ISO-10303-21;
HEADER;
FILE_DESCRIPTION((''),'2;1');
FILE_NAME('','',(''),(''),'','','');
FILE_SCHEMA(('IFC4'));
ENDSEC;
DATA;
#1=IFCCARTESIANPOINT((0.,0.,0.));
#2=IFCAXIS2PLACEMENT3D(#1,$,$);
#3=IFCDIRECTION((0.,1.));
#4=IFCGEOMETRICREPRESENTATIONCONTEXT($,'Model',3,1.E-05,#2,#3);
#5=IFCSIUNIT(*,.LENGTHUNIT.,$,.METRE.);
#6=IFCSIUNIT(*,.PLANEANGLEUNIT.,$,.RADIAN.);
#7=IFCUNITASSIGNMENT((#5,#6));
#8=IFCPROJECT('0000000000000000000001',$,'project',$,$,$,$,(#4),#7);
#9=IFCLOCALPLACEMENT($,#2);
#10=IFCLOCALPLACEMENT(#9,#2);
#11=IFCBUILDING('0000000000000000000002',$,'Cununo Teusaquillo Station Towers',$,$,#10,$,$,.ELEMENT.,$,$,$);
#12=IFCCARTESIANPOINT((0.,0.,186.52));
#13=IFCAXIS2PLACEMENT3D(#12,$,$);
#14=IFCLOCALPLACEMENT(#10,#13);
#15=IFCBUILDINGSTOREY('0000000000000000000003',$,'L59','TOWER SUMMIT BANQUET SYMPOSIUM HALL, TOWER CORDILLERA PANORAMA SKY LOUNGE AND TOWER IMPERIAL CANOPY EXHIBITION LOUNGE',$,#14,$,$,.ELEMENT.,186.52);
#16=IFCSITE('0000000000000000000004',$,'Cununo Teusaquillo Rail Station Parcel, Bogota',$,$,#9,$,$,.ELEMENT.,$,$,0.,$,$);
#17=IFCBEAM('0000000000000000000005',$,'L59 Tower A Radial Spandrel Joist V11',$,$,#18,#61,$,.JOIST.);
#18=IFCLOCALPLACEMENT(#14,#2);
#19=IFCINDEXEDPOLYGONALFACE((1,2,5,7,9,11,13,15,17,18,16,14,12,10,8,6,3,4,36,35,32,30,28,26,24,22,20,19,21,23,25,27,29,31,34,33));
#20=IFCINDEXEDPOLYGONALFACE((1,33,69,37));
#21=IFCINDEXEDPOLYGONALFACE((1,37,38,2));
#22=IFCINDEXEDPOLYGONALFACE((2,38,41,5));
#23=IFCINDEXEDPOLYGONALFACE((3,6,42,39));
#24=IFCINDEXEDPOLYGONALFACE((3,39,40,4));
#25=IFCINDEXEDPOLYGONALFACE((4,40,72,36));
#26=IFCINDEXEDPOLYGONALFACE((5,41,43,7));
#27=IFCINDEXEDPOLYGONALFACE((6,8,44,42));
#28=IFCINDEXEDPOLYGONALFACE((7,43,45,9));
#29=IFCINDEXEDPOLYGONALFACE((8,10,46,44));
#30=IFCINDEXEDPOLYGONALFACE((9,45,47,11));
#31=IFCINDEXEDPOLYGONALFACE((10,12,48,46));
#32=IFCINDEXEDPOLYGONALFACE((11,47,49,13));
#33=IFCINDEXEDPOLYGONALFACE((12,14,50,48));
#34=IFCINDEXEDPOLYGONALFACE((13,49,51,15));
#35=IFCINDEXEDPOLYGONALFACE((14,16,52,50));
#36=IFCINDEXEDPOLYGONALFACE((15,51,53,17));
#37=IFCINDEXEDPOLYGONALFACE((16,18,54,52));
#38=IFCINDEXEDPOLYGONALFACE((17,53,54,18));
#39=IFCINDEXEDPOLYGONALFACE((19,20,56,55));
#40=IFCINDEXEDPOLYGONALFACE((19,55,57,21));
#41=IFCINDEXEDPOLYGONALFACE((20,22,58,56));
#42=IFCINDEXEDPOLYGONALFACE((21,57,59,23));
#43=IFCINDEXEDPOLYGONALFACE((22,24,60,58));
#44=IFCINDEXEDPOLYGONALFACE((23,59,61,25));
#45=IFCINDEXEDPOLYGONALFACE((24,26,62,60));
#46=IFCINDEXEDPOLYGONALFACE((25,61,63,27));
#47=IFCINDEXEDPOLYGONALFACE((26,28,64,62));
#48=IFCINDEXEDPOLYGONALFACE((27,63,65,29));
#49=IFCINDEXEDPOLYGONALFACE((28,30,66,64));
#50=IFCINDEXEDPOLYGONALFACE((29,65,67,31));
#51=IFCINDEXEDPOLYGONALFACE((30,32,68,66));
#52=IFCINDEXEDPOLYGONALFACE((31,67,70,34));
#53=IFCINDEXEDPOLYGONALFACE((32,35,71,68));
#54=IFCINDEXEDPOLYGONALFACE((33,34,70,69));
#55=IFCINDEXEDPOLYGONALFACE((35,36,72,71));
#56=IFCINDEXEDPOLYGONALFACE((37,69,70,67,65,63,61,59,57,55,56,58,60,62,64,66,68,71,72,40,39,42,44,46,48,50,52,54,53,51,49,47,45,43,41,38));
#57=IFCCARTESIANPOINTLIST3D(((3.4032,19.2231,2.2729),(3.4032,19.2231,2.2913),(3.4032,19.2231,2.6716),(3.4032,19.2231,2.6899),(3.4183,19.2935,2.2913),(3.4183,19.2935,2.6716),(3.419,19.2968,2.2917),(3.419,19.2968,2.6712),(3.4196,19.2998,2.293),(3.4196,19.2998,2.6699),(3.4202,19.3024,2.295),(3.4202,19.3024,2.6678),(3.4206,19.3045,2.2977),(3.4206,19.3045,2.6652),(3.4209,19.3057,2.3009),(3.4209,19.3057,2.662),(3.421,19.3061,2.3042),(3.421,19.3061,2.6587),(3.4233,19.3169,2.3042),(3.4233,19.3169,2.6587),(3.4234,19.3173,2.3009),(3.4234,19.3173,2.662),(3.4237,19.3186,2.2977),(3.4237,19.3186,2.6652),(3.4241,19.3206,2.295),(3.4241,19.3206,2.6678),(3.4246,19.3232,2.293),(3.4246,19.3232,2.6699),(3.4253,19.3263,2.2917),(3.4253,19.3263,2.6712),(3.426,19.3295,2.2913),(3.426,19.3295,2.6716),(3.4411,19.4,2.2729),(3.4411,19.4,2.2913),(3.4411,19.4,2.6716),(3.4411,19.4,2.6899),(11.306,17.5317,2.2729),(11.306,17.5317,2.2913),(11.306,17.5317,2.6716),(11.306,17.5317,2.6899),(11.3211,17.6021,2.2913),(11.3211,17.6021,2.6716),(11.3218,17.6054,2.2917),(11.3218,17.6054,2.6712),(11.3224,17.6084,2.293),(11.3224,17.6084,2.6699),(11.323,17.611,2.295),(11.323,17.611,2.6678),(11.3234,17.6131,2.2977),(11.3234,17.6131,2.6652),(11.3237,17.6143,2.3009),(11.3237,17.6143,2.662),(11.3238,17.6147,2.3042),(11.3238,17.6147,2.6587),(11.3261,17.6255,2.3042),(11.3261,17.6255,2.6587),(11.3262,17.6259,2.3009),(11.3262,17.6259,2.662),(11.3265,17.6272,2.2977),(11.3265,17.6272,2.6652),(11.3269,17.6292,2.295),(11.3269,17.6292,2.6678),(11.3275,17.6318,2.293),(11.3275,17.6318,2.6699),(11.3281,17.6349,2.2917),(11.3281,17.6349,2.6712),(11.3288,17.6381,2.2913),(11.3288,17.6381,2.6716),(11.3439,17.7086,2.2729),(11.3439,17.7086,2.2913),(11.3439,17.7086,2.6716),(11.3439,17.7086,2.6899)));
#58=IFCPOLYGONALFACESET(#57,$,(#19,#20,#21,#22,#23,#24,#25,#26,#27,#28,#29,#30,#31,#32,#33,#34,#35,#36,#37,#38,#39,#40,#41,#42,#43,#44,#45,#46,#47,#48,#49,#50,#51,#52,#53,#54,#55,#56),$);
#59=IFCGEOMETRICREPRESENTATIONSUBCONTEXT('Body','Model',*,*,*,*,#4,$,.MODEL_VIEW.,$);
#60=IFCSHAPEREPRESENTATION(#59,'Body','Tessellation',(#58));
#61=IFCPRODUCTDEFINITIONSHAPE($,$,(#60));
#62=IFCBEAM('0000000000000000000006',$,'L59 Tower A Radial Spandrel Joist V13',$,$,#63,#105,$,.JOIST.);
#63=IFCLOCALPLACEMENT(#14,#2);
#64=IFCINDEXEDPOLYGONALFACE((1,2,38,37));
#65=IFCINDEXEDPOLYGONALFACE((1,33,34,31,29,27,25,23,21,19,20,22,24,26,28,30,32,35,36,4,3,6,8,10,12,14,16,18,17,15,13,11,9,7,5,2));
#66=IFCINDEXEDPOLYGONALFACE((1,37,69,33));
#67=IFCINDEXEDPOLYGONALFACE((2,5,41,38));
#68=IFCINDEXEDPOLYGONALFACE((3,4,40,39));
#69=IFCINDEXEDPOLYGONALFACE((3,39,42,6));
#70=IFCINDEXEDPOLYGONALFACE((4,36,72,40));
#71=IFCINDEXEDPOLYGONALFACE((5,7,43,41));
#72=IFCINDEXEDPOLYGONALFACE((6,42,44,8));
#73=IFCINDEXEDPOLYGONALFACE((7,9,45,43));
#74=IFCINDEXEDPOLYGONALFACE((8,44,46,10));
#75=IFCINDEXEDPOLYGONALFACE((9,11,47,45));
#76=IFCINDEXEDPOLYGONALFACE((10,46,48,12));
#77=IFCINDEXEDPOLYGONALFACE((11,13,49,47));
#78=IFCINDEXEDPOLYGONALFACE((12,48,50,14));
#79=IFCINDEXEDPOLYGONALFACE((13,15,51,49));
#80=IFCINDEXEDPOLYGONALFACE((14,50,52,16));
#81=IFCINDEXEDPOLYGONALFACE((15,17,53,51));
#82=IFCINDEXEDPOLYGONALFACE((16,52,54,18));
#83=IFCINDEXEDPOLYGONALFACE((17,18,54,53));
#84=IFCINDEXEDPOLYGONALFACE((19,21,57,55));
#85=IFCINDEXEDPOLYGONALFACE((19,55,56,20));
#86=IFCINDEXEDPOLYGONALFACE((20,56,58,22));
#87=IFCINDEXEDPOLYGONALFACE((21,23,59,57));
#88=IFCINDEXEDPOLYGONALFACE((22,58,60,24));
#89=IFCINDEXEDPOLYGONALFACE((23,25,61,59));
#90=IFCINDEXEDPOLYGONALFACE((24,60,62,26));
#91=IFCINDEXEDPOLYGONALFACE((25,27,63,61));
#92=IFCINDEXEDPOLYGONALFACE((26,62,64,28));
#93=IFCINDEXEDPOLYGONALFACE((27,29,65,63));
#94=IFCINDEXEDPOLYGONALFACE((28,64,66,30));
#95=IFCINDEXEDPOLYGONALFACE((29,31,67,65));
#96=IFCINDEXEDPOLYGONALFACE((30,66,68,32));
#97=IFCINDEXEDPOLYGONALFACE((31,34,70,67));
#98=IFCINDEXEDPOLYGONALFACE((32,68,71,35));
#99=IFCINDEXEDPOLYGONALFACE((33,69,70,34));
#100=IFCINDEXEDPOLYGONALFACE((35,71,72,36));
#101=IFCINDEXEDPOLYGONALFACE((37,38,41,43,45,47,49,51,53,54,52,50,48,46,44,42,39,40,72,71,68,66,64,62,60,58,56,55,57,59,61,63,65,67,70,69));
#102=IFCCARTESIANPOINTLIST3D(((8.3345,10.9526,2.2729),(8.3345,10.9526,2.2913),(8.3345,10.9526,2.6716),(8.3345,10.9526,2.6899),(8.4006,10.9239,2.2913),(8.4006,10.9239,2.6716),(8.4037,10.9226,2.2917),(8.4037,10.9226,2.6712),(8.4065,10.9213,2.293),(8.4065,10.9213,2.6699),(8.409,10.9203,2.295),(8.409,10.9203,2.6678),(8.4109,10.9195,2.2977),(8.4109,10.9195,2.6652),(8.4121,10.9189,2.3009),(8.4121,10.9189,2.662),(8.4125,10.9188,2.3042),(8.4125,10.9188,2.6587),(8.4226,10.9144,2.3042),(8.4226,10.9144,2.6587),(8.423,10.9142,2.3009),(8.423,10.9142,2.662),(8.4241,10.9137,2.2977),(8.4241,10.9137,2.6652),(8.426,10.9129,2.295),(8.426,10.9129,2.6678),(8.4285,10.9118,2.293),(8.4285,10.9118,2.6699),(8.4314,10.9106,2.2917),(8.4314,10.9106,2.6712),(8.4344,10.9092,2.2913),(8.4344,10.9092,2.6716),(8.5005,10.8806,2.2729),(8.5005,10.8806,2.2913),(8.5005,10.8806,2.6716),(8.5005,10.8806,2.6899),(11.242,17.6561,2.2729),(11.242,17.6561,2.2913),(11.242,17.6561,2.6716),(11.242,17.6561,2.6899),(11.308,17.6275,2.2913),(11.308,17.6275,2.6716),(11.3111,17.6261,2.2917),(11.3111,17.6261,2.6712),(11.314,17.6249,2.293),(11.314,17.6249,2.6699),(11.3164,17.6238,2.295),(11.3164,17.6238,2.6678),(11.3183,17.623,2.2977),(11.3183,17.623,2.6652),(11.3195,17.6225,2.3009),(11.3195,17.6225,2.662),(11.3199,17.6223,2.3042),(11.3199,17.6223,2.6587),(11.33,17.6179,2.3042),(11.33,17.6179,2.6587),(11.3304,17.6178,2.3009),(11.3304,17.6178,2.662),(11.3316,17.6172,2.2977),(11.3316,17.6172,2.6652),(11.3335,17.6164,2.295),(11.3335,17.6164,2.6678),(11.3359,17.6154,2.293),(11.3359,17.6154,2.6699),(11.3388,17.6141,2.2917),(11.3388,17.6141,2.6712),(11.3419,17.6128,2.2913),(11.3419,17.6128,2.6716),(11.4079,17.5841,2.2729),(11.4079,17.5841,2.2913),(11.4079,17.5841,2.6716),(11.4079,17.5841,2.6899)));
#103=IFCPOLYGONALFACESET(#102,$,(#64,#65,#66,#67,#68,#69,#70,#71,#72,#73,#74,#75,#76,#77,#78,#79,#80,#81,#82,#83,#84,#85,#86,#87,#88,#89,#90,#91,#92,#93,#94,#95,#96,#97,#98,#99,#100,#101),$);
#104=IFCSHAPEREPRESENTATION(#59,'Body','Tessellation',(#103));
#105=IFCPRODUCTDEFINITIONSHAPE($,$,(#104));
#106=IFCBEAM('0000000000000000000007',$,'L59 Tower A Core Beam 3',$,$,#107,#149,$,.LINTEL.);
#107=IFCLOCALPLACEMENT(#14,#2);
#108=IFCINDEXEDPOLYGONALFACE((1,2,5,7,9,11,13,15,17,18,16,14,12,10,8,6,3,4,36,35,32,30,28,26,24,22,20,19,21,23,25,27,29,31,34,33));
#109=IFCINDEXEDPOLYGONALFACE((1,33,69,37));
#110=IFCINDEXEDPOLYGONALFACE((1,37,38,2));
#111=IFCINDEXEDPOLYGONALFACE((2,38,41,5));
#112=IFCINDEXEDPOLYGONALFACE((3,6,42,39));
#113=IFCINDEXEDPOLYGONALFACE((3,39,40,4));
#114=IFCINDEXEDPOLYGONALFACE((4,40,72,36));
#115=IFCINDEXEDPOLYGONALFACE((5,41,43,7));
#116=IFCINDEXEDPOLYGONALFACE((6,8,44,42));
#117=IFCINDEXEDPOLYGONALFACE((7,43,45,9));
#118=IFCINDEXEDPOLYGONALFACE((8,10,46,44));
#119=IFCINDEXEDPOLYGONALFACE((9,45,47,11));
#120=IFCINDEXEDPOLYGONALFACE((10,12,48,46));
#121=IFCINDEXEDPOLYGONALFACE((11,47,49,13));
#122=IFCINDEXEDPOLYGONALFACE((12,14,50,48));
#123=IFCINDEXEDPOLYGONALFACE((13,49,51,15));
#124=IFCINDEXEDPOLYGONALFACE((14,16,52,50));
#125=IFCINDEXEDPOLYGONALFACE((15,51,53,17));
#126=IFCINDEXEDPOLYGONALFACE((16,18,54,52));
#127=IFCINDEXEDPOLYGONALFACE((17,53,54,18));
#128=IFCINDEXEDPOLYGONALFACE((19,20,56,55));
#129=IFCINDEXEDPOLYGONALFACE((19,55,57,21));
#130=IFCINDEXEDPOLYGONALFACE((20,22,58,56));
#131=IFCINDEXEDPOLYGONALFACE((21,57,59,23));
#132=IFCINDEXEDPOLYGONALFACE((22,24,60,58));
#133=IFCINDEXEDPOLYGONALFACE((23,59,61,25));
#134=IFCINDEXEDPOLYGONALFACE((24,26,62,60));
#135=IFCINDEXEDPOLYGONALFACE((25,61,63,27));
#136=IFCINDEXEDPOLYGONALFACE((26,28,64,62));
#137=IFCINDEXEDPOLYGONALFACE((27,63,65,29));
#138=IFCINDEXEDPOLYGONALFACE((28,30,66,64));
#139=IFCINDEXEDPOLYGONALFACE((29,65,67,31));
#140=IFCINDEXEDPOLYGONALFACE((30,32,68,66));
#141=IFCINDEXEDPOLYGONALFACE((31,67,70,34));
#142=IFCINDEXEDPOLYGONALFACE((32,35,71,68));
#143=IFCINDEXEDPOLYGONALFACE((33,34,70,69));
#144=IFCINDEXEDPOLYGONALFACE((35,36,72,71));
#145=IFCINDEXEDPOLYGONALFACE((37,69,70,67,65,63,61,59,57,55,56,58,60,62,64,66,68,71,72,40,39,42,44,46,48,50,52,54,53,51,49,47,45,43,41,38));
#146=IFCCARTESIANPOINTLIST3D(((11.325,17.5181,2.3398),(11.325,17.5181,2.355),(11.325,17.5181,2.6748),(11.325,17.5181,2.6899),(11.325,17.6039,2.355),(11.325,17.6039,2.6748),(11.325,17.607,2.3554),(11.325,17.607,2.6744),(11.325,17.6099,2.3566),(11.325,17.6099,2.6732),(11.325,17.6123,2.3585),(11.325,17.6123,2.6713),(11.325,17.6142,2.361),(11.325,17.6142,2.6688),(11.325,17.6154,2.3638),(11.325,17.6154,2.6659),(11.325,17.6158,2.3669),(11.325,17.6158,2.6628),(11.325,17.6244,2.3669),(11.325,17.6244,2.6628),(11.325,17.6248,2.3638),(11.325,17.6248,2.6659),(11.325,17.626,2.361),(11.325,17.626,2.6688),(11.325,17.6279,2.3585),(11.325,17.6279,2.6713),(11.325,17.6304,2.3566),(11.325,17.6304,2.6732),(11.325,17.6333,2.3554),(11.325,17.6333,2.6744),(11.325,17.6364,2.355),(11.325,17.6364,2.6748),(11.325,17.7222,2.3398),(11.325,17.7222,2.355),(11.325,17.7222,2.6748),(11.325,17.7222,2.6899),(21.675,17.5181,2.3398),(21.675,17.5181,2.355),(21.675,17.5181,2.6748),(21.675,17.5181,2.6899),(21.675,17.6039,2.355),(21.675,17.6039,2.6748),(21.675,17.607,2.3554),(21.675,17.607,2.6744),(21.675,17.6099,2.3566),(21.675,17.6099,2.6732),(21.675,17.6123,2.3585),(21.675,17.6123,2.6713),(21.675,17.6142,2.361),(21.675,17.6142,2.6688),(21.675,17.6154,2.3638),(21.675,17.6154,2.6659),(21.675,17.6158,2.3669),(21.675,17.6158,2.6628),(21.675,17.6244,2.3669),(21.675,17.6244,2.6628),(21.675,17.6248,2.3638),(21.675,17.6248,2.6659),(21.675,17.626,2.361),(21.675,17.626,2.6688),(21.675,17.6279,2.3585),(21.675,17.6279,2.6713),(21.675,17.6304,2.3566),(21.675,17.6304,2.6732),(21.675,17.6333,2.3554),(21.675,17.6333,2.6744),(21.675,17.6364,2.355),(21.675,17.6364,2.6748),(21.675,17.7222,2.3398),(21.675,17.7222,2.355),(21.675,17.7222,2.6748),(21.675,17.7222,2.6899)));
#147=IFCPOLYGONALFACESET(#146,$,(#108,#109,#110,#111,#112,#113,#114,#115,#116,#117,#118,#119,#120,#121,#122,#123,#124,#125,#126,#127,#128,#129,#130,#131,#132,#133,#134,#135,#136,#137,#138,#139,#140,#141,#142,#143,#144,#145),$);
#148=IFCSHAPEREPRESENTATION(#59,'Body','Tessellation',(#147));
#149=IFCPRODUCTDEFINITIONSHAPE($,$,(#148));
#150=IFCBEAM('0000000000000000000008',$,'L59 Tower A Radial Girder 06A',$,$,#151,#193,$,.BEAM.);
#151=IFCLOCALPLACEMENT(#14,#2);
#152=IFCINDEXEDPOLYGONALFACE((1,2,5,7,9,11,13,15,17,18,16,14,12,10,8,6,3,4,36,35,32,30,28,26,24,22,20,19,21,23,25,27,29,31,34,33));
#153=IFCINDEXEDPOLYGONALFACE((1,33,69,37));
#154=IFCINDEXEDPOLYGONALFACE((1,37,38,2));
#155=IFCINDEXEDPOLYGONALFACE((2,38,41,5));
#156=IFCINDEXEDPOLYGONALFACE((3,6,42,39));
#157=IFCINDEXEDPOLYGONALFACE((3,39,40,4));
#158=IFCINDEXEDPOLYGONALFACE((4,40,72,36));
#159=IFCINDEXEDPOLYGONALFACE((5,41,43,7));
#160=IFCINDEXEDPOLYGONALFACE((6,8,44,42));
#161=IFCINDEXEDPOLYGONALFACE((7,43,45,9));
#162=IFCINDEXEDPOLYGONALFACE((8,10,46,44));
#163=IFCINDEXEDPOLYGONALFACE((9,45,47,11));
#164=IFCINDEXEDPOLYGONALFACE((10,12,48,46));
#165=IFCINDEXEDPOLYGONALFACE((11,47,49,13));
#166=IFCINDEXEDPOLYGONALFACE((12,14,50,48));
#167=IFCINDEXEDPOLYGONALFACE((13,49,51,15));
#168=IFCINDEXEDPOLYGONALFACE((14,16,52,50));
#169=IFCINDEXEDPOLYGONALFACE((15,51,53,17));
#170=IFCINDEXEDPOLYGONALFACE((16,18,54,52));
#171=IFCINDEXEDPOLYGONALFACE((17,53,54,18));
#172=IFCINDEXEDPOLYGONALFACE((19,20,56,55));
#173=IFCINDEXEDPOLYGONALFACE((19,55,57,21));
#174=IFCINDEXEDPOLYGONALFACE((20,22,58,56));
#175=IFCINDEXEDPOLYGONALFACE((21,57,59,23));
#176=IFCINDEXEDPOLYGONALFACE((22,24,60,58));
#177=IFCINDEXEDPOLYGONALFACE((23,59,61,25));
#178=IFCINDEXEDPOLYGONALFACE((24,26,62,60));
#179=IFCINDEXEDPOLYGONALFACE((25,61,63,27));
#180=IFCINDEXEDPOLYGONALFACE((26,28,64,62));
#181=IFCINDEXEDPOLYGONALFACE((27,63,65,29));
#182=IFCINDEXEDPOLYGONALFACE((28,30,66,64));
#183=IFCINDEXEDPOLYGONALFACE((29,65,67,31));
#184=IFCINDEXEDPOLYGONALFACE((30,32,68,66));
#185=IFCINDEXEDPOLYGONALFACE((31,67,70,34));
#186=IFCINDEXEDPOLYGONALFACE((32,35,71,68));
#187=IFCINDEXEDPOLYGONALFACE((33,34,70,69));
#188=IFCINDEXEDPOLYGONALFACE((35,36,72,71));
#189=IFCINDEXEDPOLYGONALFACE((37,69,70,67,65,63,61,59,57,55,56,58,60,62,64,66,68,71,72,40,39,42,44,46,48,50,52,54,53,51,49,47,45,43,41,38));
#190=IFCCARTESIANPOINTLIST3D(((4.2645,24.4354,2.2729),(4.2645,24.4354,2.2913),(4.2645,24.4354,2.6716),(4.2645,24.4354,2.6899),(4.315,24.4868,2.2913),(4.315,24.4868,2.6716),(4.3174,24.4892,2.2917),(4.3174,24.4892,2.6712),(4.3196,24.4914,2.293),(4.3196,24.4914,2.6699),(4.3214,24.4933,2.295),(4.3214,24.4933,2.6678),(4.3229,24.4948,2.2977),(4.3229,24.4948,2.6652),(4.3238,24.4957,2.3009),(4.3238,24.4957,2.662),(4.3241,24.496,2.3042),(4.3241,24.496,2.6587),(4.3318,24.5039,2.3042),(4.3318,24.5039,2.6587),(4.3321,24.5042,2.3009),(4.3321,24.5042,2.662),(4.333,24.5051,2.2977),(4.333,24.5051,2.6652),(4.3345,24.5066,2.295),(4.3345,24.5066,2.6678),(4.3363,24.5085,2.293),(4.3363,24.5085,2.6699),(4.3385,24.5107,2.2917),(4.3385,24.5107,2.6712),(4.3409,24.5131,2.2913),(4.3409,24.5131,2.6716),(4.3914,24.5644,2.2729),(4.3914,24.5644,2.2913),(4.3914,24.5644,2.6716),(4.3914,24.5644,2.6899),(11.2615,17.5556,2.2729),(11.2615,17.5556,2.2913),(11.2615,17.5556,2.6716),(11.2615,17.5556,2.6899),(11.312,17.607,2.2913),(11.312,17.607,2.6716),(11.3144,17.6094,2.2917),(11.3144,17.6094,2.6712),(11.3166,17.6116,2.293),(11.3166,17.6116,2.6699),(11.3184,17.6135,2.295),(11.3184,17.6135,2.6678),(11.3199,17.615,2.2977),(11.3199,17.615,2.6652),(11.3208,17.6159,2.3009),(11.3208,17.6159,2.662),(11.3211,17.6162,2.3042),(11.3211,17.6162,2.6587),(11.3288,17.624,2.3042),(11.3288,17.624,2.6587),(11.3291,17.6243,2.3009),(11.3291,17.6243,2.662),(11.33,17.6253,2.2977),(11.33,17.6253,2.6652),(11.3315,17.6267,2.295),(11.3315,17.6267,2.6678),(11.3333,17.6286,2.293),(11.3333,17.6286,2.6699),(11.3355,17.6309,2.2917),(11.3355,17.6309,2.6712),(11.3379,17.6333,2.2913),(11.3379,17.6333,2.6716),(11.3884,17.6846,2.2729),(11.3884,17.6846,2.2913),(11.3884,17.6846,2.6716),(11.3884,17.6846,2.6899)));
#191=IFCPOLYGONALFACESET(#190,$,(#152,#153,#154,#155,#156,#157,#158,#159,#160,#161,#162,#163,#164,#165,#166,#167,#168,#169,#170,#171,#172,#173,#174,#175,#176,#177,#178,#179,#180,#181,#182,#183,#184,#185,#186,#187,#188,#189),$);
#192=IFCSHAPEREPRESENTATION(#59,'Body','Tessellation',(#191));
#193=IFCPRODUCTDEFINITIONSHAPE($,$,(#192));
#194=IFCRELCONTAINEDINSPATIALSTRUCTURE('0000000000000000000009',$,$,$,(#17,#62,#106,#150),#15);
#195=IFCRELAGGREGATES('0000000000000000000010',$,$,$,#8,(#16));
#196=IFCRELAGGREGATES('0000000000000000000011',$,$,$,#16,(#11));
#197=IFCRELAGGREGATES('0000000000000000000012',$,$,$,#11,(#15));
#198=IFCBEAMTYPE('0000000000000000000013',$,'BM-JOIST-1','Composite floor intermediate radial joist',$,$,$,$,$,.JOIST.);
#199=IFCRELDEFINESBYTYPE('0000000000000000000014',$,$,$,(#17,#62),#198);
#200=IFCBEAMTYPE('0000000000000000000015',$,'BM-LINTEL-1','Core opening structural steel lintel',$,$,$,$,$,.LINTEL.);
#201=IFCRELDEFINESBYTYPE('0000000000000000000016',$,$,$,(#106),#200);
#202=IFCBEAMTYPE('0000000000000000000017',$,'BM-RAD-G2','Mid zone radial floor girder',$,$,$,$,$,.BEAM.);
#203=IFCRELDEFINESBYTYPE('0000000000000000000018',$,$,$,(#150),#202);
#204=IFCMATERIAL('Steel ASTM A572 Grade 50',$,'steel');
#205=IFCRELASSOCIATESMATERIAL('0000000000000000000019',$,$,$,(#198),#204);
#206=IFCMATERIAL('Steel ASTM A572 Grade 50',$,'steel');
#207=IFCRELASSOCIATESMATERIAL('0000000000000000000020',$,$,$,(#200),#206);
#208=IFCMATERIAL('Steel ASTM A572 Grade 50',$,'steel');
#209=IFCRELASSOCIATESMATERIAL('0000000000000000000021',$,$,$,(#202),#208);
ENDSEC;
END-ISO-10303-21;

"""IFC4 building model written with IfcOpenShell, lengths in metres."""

from ifc_helpers import new_model, si_unit, direction, frame, origin, origin_2d, place, context, subcontext, project, spatial, i_section, extrude, material, material_profile, profile_set, type_object, element, save


model = new_model("IFC4")

# Units and contexts
model_context = context("Model", 3, precision=1e-05, world=origin(), true_north=direction((0.0, 1.0)))
body_context = subcontext(model_context, "Body", "Model", "MODEL_VIEW")
ifc_project = project(units=[si_unit("LENGTHUNIT", "METRE"), si_unit("PLANEANGLEUNIT", "RADIAN")], contexts=[model_context])

# Site, building, storey
site_placement = place(None, origin())
site = spatial("IfcSite", under=ifc_project, at=site_placement, Name="Cununo Teusaquillo Rail Station Parcel, Bogota", CompositionType="ELEMENT", RefElevation=0.0)
building_placement = place(site_placement, origin())
building = spatial("IfcBuilding", under=site, at=building_placement, Name="Cununo Teusaquillo Station Towers", CompositionType="ELEMENT")
storey_placement = place(building_placement, frame((0.0, 0.0, 186.52)))
storey = spatial("IfcBuildingStorey", under=building, at=storey_placement, Name="L59", Description="TOWER SUMMIT BANQUET SYMPOSIUM HALL, TOWER CORDILLERA PANORAMA SKY LOUNGE AND TOWER IMPERIAL CANOPY EXHIBITION LOUNGE", CompositionType="ELEMENT", Elevation=186.52)

# Beams
ifc_material_1 = material(Name="Steel ASTM A572 Grade 50", Category="steel")
ifc_material_profile_1 = material_profile(ifc_material_1, i_section(OverallWidth=0.1809, OverallDepth=0.417, WebThickness=0.011, FlangeThickness=0.0183, FilletRadius=0.0129, at=origin_2d()), Name="W16X57")
ifc_profile_set_1 = profile_set([ifc_material_profile_1], Name="Steel ASTM A572 Grade 50")
beam_type_1 = type_object("IfcBeamType", Name="BM-JOIST-1", Description="Composite floor intermediate radial joist", PredefinedType="JOIST", material=ifc_profile_set_1)
beam_1_placement = place(storey_placement, frame((11.325, 17.6201, 2.4814), z_axis=(-0.977855, 0.209286, 0.0), x_axis=(-0.209286, -0.977855, 0.0)))
element("IfcBeam", 1, at=beam_1_placement, inside=storey, type_object=beam_type_1, Name="L59 Tower A Radial Spandrel Joist V11", PredefinedType="JOIST", context=body_context, shape_type="SweptSolid", body=[
    extrude(i_section(OverallWidth=0.1809, OverallDepth=0.417, WebThickness=0.011, FlangeThickness=0.0183, FilletRadius=0.0129, at=origin_2d()), origin(), (0.0, 0.0, 1.0), 8.0818),
])
beam_2_placement = place(storey_placement, frame((11.325, 17.6201, 2.4814), z_axis=(-0.397904, -0.917427, 0.0), x_axis=(0.917427, -0.397904, 0.0)))
element("IfcBeam", 2, at=beam_2_placement, inside=storey, type_object=beam_type_1, Name="L59 Tower A Radial Spandrel Joist V13", PredefinedType="JOIST", context=body_context, shape_type="SweptSolid", body=[
    extrude(i_section(OverallWidth=0.1809, OverallDepth=0.417, WebThickness=0.011, FlangeThickness=0.0183, FilletRadius=0.0129, at=origin_2d()), origin(), (0.0, 0.0, 1.0), 7.3069),
])
ifc_material_2 = material(Name="Steel ASTM A572 Grade 50", Category="steel")
ifc_material_profile_2 = material_profile(ifc_material_2, i_section(OverallWidth=0.2041, OverallDepth=0.3501, WebThickness=0.0085, FlangeThickness=0.0151, FilletRadius=0.012, at=origin_2d()), Name="W14X48")
ifc_profile_set_2 = profile_set([ifc_material_profile_2], Name="Steel ASTM A572 Grade 50")
beam_type_2 = type_object("IfcBeamType", Name="BM-LINTEL-1", Description="Core opening structural steel lintel", PredefinedType="LINTEL", material=ifc_profile_set_2)
beam_3_placement = place(storey_placement, frame((11.325, 17.6201, 2.5149), z_axis=(1.0, 0.0, 0.0), x_axis=(0.0, 1.0, 0.0)))
element("IfcBeam", 3, at=beam_3_placement, inside=storey, type_object=beam_type_2, Name="L59 Tower A Core Beam 3", PredefinedType="LINTEL", context=body_context, shape_type="SweptSolid", body=[
    extrude(i_section(OverallWidth=0.2041, OverallDepth=0.3501, WebThickness=0.0085, FlangeThickness=0.0151, FilletRadius=0.012, at=origin_2d()), origin(), (0.0, 0.0, 1.0), 10.3501),
])
ifc_material_3 = material(Name="Steel ASTM A572 Grade 50", Category="steel")
ifc_material_profile_3 = material_profile(ifc_material_3, i_section(OverallWidth=0.1809, OverallDepth=0.417, WebThickness=0.011, FlangeThickness=0.0183, FilletRadius=0.0129, at=origin_2d()), Name="W16X57")
ifc_profile_set_3 = profile_set([ifc_material_profile_3], Name="Steel ASTM A572 Grade 50")
beam_type_3 = type_object("IfcBeamType", Name="BM-RAD-G2", Description="Mid zone radial floor girder", PredefinedType="BEAM", material=ifc_profile_set_3)
beam_4_placement = place(storey_placement, frame((11.325, 17.6201, 2.4814), z_axis=(-0.713053, 0.70111, 0.0), x_axis=(-0.70111, -0.713053, 0.0)))
element("IfcBeam", 4, at=beam_4_placement, inside=storey, type_object=beam_type_3, Name="L59 Tower A Radial Girder 06A", PredefinedType="BEAM", context=body_context, shape_type="SweptSolid", body=[
    extrude(i_section(OverallWidth=0.1809, OverallDepth=0.417, WebThickness=0.011, FlangeThickness=0.0183, FilletRadius=0.0129, at=origin_2d()), origin(), (0.0, 0.0, 1.0), 9.8127),
])

save(model, "model.ifc")
